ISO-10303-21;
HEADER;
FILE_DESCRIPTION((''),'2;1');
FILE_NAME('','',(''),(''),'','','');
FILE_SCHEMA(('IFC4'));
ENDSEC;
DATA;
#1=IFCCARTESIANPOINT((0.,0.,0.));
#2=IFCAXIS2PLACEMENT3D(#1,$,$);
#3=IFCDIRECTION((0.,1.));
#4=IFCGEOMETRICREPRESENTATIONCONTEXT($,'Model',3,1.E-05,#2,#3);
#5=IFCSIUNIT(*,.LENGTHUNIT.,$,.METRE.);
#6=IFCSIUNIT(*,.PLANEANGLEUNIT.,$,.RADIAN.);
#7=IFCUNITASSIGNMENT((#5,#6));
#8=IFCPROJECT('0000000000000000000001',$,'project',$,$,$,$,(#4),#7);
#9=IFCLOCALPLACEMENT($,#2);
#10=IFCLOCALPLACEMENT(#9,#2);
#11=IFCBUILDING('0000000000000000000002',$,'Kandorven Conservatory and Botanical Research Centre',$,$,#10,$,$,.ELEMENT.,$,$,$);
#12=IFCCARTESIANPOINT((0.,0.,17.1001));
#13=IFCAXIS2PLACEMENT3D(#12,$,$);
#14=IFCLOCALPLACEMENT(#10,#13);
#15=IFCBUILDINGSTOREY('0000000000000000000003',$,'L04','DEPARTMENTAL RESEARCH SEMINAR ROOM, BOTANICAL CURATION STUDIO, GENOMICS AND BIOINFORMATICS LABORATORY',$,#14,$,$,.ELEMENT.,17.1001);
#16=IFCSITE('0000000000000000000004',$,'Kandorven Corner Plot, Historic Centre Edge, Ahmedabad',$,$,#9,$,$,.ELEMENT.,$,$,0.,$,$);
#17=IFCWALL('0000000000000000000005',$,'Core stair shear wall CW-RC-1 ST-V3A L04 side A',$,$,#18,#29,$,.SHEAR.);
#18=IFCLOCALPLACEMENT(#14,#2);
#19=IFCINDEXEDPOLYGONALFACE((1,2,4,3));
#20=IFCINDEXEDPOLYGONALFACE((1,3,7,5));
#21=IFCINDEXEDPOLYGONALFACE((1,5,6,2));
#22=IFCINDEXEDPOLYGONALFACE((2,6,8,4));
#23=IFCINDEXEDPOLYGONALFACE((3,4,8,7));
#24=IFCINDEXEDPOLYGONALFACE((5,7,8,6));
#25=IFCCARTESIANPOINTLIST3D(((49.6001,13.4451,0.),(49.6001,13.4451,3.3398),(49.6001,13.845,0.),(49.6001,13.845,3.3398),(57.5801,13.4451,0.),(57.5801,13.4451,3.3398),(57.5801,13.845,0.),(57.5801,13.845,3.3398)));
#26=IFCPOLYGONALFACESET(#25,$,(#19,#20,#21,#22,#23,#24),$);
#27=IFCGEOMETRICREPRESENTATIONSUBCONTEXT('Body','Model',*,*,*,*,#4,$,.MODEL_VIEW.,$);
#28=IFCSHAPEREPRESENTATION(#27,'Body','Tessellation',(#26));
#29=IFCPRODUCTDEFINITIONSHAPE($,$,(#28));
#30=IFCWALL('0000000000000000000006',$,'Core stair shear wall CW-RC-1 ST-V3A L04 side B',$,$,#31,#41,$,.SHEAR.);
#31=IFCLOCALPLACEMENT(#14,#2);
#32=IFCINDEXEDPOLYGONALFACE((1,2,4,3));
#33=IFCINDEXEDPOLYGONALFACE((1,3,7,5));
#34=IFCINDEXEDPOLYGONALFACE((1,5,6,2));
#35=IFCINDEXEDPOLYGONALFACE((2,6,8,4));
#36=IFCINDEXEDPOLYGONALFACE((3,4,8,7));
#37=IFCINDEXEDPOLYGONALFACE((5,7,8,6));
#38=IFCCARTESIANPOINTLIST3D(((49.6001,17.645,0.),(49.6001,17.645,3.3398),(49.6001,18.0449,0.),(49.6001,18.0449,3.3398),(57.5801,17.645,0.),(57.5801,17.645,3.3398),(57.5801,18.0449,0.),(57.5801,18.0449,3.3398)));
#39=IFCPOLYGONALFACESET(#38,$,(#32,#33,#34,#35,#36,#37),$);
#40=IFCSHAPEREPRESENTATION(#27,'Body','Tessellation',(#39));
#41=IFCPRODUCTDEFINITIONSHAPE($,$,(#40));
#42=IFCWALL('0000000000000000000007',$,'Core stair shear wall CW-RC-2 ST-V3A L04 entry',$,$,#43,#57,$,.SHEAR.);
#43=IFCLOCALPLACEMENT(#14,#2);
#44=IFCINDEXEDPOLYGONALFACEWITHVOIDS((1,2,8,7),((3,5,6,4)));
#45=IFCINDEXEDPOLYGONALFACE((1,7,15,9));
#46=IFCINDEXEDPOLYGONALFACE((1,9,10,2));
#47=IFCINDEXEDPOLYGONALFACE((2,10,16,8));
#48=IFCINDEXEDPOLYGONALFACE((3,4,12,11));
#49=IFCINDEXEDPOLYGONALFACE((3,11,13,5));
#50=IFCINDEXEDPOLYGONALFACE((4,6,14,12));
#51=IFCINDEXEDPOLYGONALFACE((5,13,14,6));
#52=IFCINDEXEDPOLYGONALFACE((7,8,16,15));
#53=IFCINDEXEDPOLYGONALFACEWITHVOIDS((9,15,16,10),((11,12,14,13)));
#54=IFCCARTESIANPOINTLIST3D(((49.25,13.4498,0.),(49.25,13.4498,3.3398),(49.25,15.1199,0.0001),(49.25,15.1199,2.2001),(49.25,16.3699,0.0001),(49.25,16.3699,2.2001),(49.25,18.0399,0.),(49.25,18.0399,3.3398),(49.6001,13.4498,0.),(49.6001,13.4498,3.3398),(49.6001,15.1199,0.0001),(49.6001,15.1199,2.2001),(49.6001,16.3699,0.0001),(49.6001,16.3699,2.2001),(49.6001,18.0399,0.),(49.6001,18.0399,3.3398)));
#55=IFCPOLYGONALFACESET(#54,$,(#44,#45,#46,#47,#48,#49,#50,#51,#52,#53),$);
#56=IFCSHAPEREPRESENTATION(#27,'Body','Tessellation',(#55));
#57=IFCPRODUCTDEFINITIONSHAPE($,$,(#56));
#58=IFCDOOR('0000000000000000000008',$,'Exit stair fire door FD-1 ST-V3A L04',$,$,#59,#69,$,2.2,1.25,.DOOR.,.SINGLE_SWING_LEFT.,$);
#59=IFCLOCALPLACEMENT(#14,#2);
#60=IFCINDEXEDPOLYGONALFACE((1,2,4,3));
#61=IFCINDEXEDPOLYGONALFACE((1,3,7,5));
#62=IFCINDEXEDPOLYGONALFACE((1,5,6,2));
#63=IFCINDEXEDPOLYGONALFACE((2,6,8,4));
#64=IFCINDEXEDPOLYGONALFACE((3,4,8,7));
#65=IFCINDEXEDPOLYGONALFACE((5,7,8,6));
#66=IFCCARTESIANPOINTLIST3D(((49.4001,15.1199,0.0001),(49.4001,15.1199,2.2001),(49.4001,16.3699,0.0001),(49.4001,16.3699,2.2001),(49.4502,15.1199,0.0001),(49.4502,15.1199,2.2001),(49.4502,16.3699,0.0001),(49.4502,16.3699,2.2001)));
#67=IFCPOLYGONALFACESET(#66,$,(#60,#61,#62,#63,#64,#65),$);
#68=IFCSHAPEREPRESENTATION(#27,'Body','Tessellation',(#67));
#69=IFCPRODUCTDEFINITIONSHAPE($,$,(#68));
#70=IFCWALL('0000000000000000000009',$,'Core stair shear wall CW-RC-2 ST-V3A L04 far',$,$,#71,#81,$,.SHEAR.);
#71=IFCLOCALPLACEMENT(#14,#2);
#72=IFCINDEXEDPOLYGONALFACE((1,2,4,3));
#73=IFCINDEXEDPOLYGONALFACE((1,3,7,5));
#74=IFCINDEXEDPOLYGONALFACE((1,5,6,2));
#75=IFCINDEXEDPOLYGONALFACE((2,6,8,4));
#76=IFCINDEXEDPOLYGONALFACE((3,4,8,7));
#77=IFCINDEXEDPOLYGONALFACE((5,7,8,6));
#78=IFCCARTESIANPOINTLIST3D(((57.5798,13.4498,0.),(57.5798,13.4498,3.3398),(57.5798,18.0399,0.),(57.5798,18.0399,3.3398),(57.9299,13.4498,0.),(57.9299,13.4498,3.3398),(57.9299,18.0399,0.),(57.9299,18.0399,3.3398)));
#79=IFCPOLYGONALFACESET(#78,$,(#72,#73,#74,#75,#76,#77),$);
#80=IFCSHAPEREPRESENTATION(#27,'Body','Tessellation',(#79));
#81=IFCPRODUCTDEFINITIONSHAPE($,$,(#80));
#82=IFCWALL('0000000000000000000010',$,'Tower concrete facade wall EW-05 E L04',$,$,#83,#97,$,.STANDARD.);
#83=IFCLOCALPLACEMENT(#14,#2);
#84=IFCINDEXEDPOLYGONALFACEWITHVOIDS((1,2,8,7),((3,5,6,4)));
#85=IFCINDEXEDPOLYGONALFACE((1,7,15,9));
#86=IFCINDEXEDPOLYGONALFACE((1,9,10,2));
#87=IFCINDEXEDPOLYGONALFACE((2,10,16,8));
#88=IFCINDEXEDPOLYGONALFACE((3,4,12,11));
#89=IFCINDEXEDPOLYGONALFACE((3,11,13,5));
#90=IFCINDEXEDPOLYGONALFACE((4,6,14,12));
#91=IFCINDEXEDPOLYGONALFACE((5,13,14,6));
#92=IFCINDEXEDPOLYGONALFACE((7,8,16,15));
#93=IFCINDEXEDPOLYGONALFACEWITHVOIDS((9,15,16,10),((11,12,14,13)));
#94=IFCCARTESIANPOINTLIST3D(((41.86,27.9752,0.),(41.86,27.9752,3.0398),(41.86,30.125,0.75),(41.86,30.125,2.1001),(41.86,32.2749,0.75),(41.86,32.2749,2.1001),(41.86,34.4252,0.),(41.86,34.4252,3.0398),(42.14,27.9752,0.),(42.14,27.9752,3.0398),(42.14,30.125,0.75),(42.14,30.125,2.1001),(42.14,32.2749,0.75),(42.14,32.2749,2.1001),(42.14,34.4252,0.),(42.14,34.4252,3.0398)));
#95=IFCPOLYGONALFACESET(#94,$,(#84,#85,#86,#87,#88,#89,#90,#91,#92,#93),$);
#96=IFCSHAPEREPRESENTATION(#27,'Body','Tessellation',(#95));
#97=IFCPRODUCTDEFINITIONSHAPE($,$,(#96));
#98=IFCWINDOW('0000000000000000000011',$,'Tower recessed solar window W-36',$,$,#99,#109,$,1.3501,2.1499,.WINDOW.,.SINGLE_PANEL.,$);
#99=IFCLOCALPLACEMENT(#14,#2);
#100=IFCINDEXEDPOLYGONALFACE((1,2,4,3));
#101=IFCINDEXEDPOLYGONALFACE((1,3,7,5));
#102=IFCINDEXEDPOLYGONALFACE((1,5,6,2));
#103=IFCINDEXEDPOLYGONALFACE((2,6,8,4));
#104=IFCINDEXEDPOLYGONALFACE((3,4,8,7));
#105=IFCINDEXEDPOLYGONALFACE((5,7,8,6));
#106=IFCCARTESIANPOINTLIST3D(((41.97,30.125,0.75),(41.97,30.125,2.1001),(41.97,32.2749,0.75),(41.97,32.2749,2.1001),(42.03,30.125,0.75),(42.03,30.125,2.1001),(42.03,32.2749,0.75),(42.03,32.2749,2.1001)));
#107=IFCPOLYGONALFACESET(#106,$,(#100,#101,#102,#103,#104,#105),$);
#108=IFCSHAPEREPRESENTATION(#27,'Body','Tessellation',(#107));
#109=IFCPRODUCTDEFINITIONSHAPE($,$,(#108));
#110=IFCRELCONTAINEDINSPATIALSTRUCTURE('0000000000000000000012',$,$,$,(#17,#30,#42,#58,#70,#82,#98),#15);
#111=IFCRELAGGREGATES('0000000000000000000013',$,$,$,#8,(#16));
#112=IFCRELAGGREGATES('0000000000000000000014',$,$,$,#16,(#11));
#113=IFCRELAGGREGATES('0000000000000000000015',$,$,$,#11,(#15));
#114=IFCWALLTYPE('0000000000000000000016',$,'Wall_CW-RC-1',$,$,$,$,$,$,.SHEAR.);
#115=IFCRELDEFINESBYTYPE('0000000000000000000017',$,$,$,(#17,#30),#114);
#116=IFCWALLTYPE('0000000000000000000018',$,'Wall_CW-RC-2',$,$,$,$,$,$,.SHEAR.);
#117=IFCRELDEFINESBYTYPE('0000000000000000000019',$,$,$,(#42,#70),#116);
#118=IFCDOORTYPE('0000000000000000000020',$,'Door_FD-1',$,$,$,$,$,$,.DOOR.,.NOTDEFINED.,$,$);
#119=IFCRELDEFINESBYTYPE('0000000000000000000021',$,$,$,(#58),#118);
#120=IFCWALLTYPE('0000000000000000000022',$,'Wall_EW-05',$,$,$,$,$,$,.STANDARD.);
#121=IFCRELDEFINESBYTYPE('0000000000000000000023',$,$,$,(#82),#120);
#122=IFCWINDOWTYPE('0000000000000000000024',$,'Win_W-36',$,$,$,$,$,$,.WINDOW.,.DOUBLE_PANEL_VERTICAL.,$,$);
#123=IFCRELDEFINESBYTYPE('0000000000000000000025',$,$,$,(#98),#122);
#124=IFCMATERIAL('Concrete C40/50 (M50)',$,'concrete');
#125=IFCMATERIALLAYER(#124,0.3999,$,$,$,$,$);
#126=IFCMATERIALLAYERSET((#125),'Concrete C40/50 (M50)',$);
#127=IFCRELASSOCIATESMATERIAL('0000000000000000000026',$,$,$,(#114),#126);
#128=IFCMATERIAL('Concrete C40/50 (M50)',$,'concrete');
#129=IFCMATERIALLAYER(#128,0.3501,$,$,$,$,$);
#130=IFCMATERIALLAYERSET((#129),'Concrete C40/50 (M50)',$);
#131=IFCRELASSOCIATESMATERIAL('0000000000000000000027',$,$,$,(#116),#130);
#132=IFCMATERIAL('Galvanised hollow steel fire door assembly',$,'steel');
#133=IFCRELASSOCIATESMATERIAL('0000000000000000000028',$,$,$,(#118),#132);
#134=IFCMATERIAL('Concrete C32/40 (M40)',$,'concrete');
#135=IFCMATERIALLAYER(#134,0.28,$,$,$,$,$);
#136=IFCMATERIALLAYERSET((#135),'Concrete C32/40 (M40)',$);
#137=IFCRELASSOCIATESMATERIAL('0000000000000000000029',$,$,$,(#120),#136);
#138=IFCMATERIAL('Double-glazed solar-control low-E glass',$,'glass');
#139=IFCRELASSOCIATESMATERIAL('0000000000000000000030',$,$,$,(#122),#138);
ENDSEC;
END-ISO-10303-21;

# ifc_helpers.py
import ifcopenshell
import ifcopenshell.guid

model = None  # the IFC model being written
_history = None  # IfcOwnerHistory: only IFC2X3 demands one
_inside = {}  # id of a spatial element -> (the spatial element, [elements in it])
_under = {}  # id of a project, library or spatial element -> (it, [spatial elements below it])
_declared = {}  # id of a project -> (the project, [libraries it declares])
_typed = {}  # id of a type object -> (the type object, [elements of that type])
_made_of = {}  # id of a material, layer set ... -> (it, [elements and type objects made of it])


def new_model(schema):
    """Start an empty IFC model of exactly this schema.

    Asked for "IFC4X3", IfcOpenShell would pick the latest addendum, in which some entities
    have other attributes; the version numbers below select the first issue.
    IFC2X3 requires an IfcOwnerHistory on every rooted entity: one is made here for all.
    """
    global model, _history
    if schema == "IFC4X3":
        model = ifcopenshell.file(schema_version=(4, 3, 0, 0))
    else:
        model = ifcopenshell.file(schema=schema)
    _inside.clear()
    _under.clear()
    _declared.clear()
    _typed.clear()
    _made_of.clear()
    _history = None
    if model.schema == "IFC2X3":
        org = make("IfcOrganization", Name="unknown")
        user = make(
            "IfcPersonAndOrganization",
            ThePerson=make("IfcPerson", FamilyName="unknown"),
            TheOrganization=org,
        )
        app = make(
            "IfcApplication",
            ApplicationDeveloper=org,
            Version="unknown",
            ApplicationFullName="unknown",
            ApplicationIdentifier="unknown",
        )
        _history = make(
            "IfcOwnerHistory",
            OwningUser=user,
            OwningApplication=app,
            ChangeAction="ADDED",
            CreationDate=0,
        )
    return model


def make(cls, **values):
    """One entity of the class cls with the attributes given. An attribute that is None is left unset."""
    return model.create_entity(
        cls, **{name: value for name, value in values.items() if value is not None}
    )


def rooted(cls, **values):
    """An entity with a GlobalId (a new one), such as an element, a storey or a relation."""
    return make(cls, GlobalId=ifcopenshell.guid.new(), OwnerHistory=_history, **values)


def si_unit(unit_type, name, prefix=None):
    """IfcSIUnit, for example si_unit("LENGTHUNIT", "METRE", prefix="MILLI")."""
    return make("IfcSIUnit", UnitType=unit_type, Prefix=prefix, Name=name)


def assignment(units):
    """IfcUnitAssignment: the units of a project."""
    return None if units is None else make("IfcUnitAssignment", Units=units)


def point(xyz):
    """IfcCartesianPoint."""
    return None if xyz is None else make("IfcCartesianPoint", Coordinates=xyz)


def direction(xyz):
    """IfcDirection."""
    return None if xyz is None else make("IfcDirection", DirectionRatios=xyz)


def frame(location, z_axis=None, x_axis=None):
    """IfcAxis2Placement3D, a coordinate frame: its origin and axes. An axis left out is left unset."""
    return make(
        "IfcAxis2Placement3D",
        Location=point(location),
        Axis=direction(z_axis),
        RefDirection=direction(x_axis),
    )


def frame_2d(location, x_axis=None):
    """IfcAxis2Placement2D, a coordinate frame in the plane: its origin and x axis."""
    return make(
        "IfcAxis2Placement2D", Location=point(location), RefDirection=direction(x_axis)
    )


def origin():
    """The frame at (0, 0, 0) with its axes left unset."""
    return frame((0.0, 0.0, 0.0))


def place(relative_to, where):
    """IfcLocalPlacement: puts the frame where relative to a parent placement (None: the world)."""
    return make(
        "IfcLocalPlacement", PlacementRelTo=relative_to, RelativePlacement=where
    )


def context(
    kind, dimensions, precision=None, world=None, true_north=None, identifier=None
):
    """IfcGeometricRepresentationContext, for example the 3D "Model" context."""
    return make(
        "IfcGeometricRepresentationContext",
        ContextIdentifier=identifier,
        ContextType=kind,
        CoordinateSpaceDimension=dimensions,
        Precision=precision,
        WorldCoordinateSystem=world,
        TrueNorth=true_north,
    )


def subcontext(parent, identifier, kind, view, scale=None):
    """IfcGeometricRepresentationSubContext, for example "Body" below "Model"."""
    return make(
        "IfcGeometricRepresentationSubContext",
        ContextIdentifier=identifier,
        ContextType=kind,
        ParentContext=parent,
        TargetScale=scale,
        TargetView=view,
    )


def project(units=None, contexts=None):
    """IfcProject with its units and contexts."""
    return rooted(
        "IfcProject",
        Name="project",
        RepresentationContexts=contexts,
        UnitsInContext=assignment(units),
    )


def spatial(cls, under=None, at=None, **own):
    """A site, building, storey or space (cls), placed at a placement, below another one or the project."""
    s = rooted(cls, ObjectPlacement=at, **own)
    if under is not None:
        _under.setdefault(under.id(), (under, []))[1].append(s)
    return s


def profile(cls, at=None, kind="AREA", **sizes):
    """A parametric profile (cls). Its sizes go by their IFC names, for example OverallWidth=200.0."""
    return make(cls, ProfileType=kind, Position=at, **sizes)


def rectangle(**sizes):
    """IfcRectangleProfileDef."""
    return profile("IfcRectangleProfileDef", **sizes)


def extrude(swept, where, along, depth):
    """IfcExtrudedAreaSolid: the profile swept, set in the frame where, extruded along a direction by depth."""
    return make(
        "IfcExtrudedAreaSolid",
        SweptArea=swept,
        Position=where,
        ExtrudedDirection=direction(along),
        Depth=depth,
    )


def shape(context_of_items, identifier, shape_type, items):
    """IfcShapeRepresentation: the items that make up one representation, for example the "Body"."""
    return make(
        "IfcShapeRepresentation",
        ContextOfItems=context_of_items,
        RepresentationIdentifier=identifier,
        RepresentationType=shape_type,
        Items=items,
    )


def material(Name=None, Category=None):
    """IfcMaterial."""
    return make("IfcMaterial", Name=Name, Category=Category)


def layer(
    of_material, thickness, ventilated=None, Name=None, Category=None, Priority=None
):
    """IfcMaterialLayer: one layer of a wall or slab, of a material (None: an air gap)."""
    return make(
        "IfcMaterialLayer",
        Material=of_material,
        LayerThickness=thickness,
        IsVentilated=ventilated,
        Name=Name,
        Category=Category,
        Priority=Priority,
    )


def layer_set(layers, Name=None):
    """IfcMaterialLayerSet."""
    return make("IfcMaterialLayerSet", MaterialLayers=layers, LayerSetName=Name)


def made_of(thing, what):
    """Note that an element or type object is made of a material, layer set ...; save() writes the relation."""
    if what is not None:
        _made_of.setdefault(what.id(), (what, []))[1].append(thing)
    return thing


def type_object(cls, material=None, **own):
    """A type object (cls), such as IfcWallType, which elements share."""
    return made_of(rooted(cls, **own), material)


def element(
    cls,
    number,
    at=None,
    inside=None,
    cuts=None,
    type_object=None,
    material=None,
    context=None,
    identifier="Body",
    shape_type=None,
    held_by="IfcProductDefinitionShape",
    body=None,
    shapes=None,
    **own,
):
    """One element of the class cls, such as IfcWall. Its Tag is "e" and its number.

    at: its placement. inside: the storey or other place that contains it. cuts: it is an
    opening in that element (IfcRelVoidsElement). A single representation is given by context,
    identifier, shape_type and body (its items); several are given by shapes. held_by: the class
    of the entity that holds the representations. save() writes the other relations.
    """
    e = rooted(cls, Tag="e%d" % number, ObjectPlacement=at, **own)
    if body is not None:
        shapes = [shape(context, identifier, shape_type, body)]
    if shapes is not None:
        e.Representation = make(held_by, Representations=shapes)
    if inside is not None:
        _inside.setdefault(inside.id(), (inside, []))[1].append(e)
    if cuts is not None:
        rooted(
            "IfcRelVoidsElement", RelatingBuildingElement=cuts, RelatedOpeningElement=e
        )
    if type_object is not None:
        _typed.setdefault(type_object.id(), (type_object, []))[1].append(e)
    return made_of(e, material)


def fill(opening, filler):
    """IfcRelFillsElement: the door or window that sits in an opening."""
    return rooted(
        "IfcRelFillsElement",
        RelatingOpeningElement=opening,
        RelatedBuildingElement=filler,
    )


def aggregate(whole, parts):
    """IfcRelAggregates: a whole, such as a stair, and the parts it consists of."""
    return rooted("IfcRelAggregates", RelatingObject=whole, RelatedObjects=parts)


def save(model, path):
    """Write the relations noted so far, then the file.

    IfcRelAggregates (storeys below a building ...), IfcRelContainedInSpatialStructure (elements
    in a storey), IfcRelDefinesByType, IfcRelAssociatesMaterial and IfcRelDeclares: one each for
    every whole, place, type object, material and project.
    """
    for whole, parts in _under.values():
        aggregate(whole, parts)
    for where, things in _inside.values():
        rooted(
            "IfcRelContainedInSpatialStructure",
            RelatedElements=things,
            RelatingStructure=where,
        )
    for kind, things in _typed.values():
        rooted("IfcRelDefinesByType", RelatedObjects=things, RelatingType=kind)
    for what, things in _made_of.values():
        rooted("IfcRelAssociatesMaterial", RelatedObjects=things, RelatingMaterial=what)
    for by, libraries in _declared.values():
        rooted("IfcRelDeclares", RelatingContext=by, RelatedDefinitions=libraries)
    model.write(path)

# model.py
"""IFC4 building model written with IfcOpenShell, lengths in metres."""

from ifc_helpers import new_model, si_unit, direction, frame, frame_2d, origin, place, context, subcontext, project, spatial, rectangle, extrude, material, layer, layer_set, type_object, element, fill, save


model = new_model("IFC4")

# Units and contexts
model_context = context("Model", 3, precision=1e-05, world=origin(), true_north=direction((0.0, 1.0)))
body_context = subcontext(model_context, "Body", "Model", "MODEL_VIEW")
ifc_project = project(units=[si_unit("LENGTHUNIT", "METRE"), si_unit("PLANEANGLEUNIT", "RADIAN")], contexts=[model_context])

# Site, building, storey
site_placement = place(None, origin())
site = spatial("IfcSite", under=ifc_project, at=site_placement, Name="Kandorven Corner Plot, Historic Centre Edge, Ahmedabad", CompositionType="ELEMENT", RefElevation=0.0)
building_placement = place(site_placement, origin())
building = spatial("IfcBuilding", under=site, at=building_placement, Name="Kandorven Conservatory and Botanical Research Centre", CompositionType="ELEMENT")
storey_placement = place(building_placement, frame((0.0, 0.0, 17.1001)))
storey = spatial("IfcBuildingStorey", under=building, at=storey_placement, Name="L04", Description="DEPARTMENTAL RESEARCH SEMINAR ROOM, BOTANICAL CURATION STUDIO, GENOMICS AND BIOINFORMATICS LABORATORY", CompositionType="ELEMENT", Elevation=17.1001)

# Walls
ifc_material_1 = material(Name="Concrete C40/50 (M50)", Category="concrete")
ifc_layer_1 = layer(ifc_material_1, 0.3999)
ifc_layer_set_1 = layer_set([ifc_layer_1], Name="Concrete C40/50 (M50)")
wall_type_1 = type_object("IfcWallType", Name="Wall_CW-RC-1", PredefinedType="SHEAR", material=ifc_layer_set_1)
for number, where, z_axis, x_axis, name in (
    (1, (49.6001, 13.645, 0.0), (0.0, 0.0, 1.0), (1.0, 0.0, 0.0), "Core stair shear wall CW-RC-1 ST-V3A L04 side A"),
    (2, (49.6001, 17.845, 0.0), (0.0, 0.0, 1.0), (1.0, 0.0, 0.0), "Core stair shear wall CW-RC-1 ST-V3A L04 side B"),
):
    element("IfcWall", number, at=place(storey_placement, frame(where, z_axis=z_axis, x_axis=x_axis)), inside=storey, type_object=wall_type_1, Name=name, PredefinedType="SHEAR", context=body_context, shape_type="SweptSolid", body=[
        extrude(rectangle(XDim=7.98, YDim=0.3999, at=frame_2d((3.99, 0.0))), origin(), (0.0, 0.0, 1.0), 3.3398),
    ])

# Wall, opening, door
ifc_material_2 = material(Name="Concrete C40/50 (M50)", Category="concrete")
ifc_layer_2 = layer(ifc_material_2, 0.3501)
ifc_layer_set_2 = layer_set([ifc_layer_2], Name="Concrete C40/50 (M50)")
wall_type_2 = type_object("IfcWallType", Name="Wall_CW-RC-2", PredefinedType="SHEAR", material=ifc_layer_set_2)
wall_1_placement = place(storey_placement, frame((49.425, 13.45, 0.0), z_axis=(0.0, 0.0, 1.0), x_axis=(0.0, 1.0, 0.0)))
wall_1 = element("IfcWall", 3, at=wall_1_placement, inside=storey, type_object=wall_type_2, Name="Core stair shear wall CW-RC-2 ST-V3A L04 entry", PredefinedType="SHEAR", context=body_context, shape_type="SweptSolid", body=[
    extrude(rectangle(XDim=4.5901, YDim=0.3501, at=frame_2d((2.2949, 0.0))), origin(), (0.0, 0.0, 1.0), 3.3398),
])
opening_1_placement = place(wall_1_placement, frame((1.6699, 0.0, 0.0)))
opening_1 = element("IfcOpeningElement", 4, at=opening_1_placement, cuts=wall_1, PredefinedType="OPENING", context=body_context, shape_type="SweptSolid", body=[
    extrude(rectangle(XDim=1.25, YDim=2.2, at=frame_2d((0.625, 1.1001))), frame((0.0, 0.1851, 0.0), z_axis=(0.0, -1.0, 0.0), x_axis=(1.0, 0.0, 0.0)), (0.0, 0.0, 1.0), 0.3701),
])
ifc_material_3 = material(Name="Galvanised hollow steel fire door assembly", Category="steel")
door_type = type_object("IfcDoorType", Name="Door_FD-1", OperationType="NOTDEFINED", PredefinedType="DOOR", material=ifc_material_3)
door_placement = place(opening_1_placement, origin())
door = element("IfcDoor", 5, at=door_placement, inside=storey, type_object=door_type, Name="Exit stair fire door FD-1 ST-V3A L04", OperationType="SINGLE_SWING_LEFT", OverallHeight=2.2, OverallWidth=1.25, PredefinedType="DOOR", context=body_context, shape_type="SweptSolid", body=[
    extrude(rectangle(XDim=1.25, YDim=2.2, at=frame_2d((0.625, 1.1001))), frame((0.0, 0.0249, 0.0), z_axis=(0.0, -1.0, 0.0), x_axis=(1.0, 0.0, 0.0)), (0.0, 0.0, 1.0), 0.05),
])
fill(opening_1, door)

# Wall
wall_2_placement = place(storey_placement, frame((57.7549, 13.45, 0.0), z_axis=(0.0, 0.0, 1.0), x_axis=(0.0, 1.0, 0.0)))
element("IfcWall", 6, at=wall_2_placement, inside=storey, type_object=wall_type_2, Name="Core stair shear wall CW-RC-2 ST-V3A L04 far", PredefinedType="SHEAR", context=body_context, shape_type="SweptSolid", body=[
    extrude(rectangle(XDim=4.5901, YDim=0.3501, at=frame_2d((2.2949, 0.0))), origin(), (0.0, 0.0, 1.0), 3.3398),
])

# Wall, opening, window
ifc_material_4 = material(Name="Concrete C32/40 (M40)", Category="concrete")
ifc_layer_3 = layer(ifc_material_4, 0.28)
ifc_layer_set_3 = layer_set([ifc_layer_3], Name="Concrete C32/40 (M40)")
wall_type_3 = type_object("IfcWallType", Name="Wall_EW-05", PredefinedType="STANDARD", material=ifc_layer_set_3)
wall_3_placement = place(storey_placement, frame((42.0, 27.9751, 0.0), z_axis=(0.0, 0.0, 1.0), x_axis=(0.0, 1.0, 0.0)))
wall_3 = element("IfcWall", 7, at=wall_3_placement, inside=storey, type_object=wall_type_3, Name="Tower concrete facade wall EW-05 E L04", PredefinedType="STANDARD", context=body_context, shape_type="SweptSolid", body=[
    extrude(rectangle(XDim=6.45, YDim=0.28, at=frame_2d((3.2251, 0.0))), origin(), (0.0, 0.0, 1.0), 3.0398),
])
opening_2_placement = place(wall_3_placement, frame((2.1499, 0.0, 0.75)))
opening_2 = element("IfcOpeningElement", 8, at=opening_2_placement, cuts=wall_3, PredefinedType="OPENING", context=body_context, shape_type="SweptSolid", body=[
    extrude(rectangle(XDim=2.1499, YDim=1.3501, at=frame_2d((1.075, 0.675))), frame((0.0, 0.1499, 0.0), z_axis=(0.0, -1.0, 0.0), x_axis=(1.0, 0.0, 0.0)), (0.0, 0.0, 1.0), 0.3),
])
ifc_material_5 = material(Name="Double-glazed solar-control low-E glass", Category="glass")
window_type = type_object("IfcWindowType", Name="Win_W-36", PartitioningType="DOUBLE_PANEL_VERTICAL", PredefinedType="WINDOW", material=ifc_material_5)
window_placement = place(opening_2_placement, origin())
window = element("IfcWindow", 9, at=window_placement, inside=storey, type_object=window_type, Name="Tower recessed solar window W-36", OverallHeight=1.3501, OverallWidth=2.1499, PartitioningType="SINGLE_PANEL", PredefinedType="WINDOW", context=body_context, shape_type="SweptSolid", body=[
    extrude(rectangle(XDim=2.1499, YDim=1.3501, at=frame_2d((1.075, 0.675))), frame((0.0, 0.03, 0.0), z_axis=(0.0, -1.0, 0.0), x_axis=(1.0, 0.0, 0.0)), (0.0, 0.0, 1.0), 0.0601),
])
fill(opening_2, window)

save(model, "model.ifc")
